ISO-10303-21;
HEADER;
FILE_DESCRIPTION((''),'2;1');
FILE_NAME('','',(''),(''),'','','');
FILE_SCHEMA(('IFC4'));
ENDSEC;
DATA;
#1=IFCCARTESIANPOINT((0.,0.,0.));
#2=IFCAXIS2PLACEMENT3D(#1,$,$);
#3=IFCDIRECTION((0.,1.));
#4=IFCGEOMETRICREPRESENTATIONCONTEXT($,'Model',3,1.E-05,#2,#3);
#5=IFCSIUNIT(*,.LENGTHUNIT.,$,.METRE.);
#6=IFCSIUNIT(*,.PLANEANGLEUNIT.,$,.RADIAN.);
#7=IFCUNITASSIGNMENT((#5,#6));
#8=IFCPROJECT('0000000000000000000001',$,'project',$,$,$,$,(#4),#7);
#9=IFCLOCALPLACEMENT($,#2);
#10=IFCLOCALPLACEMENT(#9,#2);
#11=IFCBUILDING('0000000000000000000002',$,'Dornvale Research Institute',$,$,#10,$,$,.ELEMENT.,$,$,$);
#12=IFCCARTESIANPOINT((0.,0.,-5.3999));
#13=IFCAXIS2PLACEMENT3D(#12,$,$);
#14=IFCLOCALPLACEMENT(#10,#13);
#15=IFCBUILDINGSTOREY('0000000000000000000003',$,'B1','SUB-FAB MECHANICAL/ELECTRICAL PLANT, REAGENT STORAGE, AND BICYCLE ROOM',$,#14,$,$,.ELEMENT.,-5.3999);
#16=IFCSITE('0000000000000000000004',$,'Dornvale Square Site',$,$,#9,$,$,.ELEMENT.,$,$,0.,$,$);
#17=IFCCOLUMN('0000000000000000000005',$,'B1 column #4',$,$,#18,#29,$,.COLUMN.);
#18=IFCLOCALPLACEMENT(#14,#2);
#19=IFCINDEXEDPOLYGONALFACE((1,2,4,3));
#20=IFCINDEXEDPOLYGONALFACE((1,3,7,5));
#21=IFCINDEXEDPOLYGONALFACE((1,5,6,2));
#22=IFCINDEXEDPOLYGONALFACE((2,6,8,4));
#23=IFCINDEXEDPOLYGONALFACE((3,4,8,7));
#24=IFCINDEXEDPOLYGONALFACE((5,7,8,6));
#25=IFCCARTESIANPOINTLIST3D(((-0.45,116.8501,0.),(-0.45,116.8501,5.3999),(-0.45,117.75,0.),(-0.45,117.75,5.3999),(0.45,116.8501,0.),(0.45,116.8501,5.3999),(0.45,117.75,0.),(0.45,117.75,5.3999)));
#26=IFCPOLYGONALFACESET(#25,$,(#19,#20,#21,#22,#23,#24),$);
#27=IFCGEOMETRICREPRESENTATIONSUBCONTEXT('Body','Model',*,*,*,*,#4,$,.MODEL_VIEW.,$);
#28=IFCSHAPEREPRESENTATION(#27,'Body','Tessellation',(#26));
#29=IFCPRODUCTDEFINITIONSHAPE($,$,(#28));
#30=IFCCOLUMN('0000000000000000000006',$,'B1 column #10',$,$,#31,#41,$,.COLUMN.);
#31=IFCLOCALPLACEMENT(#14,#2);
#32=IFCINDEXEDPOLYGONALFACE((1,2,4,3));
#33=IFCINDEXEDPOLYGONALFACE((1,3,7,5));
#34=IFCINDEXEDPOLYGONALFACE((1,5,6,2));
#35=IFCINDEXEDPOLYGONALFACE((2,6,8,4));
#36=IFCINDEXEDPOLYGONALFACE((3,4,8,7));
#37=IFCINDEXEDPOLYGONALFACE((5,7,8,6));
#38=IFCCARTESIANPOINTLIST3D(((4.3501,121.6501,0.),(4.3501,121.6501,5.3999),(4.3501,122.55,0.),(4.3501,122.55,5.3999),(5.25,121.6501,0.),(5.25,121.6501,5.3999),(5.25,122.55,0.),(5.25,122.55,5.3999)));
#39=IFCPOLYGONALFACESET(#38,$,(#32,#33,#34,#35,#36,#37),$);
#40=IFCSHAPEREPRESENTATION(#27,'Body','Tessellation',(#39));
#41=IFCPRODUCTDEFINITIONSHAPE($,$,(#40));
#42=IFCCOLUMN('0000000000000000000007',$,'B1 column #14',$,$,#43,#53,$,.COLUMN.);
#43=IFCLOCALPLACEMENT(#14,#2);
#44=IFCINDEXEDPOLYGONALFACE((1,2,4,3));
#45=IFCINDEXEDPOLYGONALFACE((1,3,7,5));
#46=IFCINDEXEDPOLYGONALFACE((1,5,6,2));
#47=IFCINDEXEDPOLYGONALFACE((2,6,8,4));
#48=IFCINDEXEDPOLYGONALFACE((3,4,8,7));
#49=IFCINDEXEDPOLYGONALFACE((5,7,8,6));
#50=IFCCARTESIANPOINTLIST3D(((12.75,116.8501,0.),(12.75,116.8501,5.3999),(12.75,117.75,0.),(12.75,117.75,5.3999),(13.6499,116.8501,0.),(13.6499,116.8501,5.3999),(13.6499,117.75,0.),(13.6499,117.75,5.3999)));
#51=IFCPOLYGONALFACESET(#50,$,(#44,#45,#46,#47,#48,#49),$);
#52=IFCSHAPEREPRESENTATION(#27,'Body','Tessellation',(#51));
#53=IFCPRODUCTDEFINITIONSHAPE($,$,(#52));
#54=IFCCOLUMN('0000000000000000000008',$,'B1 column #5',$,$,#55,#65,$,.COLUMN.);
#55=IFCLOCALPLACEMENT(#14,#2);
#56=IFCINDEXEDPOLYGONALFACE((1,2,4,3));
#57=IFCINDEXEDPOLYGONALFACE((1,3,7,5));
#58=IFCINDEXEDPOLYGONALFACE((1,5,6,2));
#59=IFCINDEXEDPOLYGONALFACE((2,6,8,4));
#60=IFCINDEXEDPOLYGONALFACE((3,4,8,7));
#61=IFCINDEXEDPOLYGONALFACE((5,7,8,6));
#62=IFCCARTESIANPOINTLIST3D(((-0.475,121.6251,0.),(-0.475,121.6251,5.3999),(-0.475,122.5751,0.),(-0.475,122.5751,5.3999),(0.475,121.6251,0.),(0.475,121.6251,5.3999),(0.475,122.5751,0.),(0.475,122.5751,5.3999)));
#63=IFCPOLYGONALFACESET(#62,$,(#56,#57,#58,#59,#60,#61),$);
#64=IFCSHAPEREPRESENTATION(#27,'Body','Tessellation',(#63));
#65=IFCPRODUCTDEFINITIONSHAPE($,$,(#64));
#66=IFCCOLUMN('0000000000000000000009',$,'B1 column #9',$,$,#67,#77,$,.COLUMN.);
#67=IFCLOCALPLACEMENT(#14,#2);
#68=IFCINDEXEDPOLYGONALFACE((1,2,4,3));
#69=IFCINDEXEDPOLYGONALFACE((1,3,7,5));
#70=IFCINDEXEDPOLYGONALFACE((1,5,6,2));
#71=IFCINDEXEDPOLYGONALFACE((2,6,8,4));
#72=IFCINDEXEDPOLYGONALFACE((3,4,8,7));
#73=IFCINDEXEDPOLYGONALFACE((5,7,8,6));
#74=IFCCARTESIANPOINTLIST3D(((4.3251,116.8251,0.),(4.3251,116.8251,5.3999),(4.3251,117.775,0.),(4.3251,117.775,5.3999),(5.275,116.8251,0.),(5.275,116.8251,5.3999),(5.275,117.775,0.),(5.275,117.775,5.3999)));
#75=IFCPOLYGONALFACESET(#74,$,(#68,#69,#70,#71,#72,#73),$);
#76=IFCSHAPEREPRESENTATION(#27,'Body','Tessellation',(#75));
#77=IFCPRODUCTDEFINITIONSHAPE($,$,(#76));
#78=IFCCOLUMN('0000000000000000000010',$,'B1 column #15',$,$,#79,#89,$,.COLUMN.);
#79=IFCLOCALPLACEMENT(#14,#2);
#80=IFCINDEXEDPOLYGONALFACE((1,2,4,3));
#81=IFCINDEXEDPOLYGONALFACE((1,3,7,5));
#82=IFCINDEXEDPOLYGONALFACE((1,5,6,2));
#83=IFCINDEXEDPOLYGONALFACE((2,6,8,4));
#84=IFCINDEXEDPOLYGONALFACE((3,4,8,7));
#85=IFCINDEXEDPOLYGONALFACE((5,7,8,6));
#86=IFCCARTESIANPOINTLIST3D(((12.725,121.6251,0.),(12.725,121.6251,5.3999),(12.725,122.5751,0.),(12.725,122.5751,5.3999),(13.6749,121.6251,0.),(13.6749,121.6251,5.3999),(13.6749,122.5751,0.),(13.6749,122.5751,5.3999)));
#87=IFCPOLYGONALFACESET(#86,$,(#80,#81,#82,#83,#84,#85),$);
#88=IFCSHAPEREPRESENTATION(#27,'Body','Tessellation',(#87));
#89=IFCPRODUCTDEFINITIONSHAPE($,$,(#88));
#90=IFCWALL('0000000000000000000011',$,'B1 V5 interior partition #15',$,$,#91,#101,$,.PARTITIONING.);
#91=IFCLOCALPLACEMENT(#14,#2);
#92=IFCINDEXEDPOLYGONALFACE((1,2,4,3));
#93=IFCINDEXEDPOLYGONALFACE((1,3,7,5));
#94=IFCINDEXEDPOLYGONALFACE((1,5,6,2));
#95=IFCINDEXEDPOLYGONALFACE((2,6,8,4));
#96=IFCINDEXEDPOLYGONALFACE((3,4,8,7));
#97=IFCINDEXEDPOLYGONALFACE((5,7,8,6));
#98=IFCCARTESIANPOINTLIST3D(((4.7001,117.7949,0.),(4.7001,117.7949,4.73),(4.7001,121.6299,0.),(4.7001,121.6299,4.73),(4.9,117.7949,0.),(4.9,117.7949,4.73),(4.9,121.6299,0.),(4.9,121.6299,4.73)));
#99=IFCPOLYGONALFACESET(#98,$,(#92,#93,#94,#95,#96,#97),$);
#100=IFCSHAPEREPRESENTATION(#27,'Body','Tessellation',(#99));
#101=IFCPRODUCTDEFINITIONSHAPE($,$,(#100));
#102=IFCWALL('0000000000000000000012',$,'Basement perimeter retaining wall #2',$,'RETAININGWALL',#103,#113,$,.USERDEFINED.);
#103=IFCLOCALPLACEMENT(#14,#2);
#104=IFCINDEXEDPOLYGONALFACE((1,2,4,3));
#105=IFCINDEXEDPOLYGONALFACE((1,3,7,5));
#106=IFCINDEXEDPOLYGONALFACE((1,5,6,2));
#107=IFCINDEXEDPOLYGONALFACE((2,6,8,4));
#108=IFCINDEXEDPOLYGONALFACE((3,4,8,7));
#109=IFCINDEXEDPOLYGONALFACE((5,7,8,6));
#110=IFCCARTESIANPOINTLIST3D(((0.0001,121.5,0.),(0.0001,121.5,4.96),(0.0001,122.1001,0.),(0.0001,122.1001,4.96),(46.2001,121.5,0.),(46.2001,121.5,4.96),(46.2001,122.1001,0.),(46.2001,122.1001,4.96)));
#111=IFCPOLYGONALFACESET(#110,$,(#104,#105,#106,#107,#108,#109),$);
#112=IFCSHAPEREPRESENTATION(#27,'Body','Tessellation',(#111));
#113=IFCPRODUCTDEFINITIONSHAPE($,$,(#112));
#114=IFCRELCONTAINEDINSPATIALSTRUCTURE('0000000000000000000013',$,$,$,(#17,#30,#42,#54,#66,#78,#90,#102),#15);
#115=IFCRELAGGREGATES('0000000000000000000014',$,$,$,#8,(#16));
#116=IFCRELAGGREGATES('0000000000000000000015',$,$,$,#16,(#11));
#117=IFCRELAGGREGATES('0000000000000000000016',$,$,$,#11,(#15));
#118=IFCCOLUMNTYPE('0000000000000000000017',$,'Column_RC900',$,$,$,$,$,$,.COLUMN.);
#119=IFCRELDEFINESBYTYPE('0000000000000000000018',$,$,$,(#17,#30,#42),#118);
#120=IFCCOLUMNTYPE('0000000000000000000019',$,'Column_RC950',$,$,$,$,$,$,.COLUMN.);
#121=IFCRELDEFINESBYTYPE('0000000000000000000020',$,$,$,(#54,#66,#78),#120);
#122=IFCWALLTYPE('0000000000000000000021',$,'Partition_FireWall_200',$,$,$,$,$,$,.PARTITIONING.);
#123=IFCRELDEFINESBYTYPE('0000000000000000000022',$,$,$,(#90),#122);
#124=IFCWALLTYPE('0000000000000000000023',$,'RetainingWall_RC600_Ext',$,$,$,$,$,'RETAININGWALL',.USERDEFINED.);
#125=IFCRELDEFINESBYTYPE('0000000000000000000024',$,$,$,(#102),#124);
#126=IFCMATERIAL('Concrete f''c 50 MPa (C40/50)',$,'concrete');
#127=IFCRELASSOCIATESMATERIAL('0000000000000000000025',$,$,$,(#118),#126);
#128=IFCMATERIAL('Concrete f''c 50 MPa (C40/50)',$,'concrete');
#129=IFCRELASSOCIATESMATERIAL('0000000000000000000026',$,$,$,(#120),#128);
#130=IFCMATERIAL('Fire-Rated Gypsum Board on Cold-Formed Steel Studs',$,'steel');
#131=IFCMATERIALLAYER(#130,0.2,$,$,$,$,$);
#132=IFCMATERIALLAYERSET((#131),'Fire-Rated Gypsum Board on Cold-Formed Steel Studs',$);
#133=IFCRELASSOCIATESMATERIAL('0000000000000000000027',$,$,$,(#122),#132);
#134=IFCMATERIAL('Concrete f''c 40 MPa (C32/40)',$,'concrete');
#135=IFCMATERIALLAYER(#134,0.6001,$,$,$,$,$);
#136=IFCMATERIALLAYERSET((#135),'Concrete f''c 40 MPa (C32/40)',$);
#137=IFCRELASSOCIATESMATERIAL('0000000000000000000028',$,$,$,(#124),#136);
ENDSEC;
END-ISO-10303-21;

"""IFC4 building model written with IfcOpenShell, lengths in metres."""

from ifc_helpers import new_model, si_unit, direction, frame, frame_2d, origin, origin_2d, place, context, subcontext, project, spatial, rectangle, extrude, material, layer, layer_set, material_profile, profile_set, type_object, element, save


model = new_model("IFC4")

# Units and contexts
model_context = context("Model", 3, precision=1e-05, world=origin(), true_north=direction((0.0, 1.0)))
body_context = subcontext(model_context, "Body", "Model", "MODEL_VIEW")
ifc_project = project(units=[si_unit("LENGTHUNIT", "METRE"), si_unit("PLANEANGLEUNIT", "RADIAN")], contexts=[model_context])

# Site, building, storey
site_placement = place(None, origin())
site = spatial("IfcSite", under=ifc_project, at=site_placement, Name="Dornvale Square Site", CompositionType="ELEMENT", RefElevation=0.0)
building_placement = place(site_placement, origin())
building = spatial("IfcBuilding", under=site, at=building_placement, Name="Dornvale Research Institute", CompositionType="ELEMENT")
storey_placement = place(building_placement, frame((0.0, 0.0, -5.3999)))
storey = spatial("IfcBuildingStorey", under=building, at=storey_placement, Name="B1", Description="SUB-FAB MECHANICAL/ELECTRICAL PLANT, REAGENT STORAGE, AND BICYCLE ROOM", CompositionType="ELEMENT", Elevation=-5.3999)

# Columns
ifc_material_1 = material(Name="Concrete f'c 50 MPa (C40/50)", Category="concrete")
ifc_material_profile_1 = material_profile(ifc_material_1, rectangle(XDim=0.8999, YDim=0.8999, at=origin_2d()), Name="RC 900x900")
ifc_profile_set_1 = profile_set([ifc_material_profile_1], Name="Concrete f'c 50 MPa (C40/50)")
column_type_1 = type_object("IfcColumnType", Name="Column_RC900", PredefinedType="COLUMN", material=ifc_profile_set_1)
for number, where, z_axis, x_axis, name in (
    (1, (0.0, 117.3, 0.0), (0.0, 0.0, 1.0), (1.0, 0.0, 0.0), "B1 column #4"),
    (2, (4.8, 122.1001, 0.0), (0.0, 0.0, 1.0), (1.0, 0.0, 0.0), "B1 column #10"),
    (3, (13.2, 117.3, 0.0), (0.0, 0.0, 1.0), (1.0, 0.0, 0.0), "B1 column #14"),
):
    element("IfcColumn", number, at=place(storey_placement, frame(where, z_axis=z_axis, x_axis=x_axis)), inside=storey, type_object=column_type_1, Name=name, PredefinedType="COLUMN", context=body_context, shape_type="SweptSolid", body=[
        extrude(rectangle(XDim=0.8999, YDim=0.8999, at=origin_2d()), origin(), (0.0, 0.0, 1.0), 5.3999),
    ])
ifc_material_2 = material(Name="Concrete f'c 50 MPa (C40/50)", Category="concrete")
ifc_material_profile_2 = material_profile(ifc_material_2, rectangle(XDim=0.95, YDim=0.95, at=origin_2d()), Name="RC 950x950")
ifc_profile_set_2 = profile_set([ifc_material_profile_2], Name="Concrete f'c 50 MPa (C40/50)")
column_type_2 = type_object("IfcColumnType", Name="Column_RC950", PredefinedType="COLUMN", material=ifc_profile_set_2)
for number, where, z_axis, x_axis, name in (
    (4, (0.0, 122.1001, 0.0), (0.0, 0.0, 1.0), (1.0, 0.0, 0.0), "B1 column #5"),
    (5, (4.8, 117.3, 0.0), (0.0, 0.0, 1.0), (1.0, 0.0, 0.0), "B1 column #9"),
    (6, (13.2, 122.1001, 0.0), (0.0, 0.0, 1.0), (1.0, 0.0, 0.0), "B1 column #15"),
):
    element("IfcColumn", number, at=place(storey_placement, frame(where, z_axis=z_axis, x_axis=x_axis)), inside=storey, type_object=column_type_2, Name=name, PredefinedType="COLUMN", context=body_context, shape_type="SweptSolid", body=[
        extrude(rectangle(XDim=0.95, YDim=0.95, at=origin_2d()), origin(), (0.0, 0.0, 1.0), 5.3999),
    ])

# Walls
ifc_material_3 = material(Name="Fire-Rated Gypsum Board on Cold-Formed Steel Studs", Category="steel")
ifc_layer_1 = layer(ifc_material_3, 0.2)
ifc_layer_set_1 = layer_set([ifc_layer_1], Name="Fire-Rated Gypsum Board on Cold-Formed Steel Studs")
wall_type_1 = type_object("IfcWallType", Name="Partition_FireWall_200", PredefinedType="PARTITIONING", material=ifc_layer_set_1)
wall_1_placement = place(storey_placement, frame((4.8, 117.7949, 0.0), z_axis=(0.0, 0.0, 1.0), x_axis=(0.0, 1.0, 0.0)))
element("IfcWall", 7, at=wall_1_placement, inside=storey, type_object=wall_type_1, Name="B1 V5 interior partition #15", PredefinedType="PARTITIONING", context=body_context, shape_type="SweptSolid", body=[
    extrude(rectangle(XDim=3.835, YDim=0.2, at=frame_2d((1.9175, 0.0))), origin(), (0.0, 0.0, 1.0), 4.73),
])
ifc_material_4 = material(Name="Concrete f'c 40 MPa (C32/40)", Category="concrete")
ifc_layer_2 = layer(ifc_material_4, 0.6001)
ifc_layer_set_2 = layer_set([ifc_layer_2], Name="Concrete f'c 40 MPa (C32/40)")
wall_type_2 = type_object("IfcWallType", Name="RetainingWall_RC600_Ext", ElementType="RETAININGWALL", PredefinedType="USERDEFINED", material=ifc_layer_set_2)
wall_2_placement = place(storey_placement, frame((0.0, 121.8, 0.0), z_axis=(0.0, 0.0, 1.0), x_axis=(1.0, 0.0, 0.0)))
element("IfcWall", 8, at=wall_2_placement, inside=storey, type_object=wall_type_2, Name="Basement perimeter retaining wall #2", ObjectType="RETAININGWALL", PredefinedType="USERDEFINED", context=body_context, shape_type="SweptSolid", body=[
    extrude(rectangle(XDim=46.2, YDim=0.6001, at=frame_2d((23.1001, 0.0))), origin(), (0.0, 0.0, 1.0), 4.96),
])

save(model, "model.ifc")
